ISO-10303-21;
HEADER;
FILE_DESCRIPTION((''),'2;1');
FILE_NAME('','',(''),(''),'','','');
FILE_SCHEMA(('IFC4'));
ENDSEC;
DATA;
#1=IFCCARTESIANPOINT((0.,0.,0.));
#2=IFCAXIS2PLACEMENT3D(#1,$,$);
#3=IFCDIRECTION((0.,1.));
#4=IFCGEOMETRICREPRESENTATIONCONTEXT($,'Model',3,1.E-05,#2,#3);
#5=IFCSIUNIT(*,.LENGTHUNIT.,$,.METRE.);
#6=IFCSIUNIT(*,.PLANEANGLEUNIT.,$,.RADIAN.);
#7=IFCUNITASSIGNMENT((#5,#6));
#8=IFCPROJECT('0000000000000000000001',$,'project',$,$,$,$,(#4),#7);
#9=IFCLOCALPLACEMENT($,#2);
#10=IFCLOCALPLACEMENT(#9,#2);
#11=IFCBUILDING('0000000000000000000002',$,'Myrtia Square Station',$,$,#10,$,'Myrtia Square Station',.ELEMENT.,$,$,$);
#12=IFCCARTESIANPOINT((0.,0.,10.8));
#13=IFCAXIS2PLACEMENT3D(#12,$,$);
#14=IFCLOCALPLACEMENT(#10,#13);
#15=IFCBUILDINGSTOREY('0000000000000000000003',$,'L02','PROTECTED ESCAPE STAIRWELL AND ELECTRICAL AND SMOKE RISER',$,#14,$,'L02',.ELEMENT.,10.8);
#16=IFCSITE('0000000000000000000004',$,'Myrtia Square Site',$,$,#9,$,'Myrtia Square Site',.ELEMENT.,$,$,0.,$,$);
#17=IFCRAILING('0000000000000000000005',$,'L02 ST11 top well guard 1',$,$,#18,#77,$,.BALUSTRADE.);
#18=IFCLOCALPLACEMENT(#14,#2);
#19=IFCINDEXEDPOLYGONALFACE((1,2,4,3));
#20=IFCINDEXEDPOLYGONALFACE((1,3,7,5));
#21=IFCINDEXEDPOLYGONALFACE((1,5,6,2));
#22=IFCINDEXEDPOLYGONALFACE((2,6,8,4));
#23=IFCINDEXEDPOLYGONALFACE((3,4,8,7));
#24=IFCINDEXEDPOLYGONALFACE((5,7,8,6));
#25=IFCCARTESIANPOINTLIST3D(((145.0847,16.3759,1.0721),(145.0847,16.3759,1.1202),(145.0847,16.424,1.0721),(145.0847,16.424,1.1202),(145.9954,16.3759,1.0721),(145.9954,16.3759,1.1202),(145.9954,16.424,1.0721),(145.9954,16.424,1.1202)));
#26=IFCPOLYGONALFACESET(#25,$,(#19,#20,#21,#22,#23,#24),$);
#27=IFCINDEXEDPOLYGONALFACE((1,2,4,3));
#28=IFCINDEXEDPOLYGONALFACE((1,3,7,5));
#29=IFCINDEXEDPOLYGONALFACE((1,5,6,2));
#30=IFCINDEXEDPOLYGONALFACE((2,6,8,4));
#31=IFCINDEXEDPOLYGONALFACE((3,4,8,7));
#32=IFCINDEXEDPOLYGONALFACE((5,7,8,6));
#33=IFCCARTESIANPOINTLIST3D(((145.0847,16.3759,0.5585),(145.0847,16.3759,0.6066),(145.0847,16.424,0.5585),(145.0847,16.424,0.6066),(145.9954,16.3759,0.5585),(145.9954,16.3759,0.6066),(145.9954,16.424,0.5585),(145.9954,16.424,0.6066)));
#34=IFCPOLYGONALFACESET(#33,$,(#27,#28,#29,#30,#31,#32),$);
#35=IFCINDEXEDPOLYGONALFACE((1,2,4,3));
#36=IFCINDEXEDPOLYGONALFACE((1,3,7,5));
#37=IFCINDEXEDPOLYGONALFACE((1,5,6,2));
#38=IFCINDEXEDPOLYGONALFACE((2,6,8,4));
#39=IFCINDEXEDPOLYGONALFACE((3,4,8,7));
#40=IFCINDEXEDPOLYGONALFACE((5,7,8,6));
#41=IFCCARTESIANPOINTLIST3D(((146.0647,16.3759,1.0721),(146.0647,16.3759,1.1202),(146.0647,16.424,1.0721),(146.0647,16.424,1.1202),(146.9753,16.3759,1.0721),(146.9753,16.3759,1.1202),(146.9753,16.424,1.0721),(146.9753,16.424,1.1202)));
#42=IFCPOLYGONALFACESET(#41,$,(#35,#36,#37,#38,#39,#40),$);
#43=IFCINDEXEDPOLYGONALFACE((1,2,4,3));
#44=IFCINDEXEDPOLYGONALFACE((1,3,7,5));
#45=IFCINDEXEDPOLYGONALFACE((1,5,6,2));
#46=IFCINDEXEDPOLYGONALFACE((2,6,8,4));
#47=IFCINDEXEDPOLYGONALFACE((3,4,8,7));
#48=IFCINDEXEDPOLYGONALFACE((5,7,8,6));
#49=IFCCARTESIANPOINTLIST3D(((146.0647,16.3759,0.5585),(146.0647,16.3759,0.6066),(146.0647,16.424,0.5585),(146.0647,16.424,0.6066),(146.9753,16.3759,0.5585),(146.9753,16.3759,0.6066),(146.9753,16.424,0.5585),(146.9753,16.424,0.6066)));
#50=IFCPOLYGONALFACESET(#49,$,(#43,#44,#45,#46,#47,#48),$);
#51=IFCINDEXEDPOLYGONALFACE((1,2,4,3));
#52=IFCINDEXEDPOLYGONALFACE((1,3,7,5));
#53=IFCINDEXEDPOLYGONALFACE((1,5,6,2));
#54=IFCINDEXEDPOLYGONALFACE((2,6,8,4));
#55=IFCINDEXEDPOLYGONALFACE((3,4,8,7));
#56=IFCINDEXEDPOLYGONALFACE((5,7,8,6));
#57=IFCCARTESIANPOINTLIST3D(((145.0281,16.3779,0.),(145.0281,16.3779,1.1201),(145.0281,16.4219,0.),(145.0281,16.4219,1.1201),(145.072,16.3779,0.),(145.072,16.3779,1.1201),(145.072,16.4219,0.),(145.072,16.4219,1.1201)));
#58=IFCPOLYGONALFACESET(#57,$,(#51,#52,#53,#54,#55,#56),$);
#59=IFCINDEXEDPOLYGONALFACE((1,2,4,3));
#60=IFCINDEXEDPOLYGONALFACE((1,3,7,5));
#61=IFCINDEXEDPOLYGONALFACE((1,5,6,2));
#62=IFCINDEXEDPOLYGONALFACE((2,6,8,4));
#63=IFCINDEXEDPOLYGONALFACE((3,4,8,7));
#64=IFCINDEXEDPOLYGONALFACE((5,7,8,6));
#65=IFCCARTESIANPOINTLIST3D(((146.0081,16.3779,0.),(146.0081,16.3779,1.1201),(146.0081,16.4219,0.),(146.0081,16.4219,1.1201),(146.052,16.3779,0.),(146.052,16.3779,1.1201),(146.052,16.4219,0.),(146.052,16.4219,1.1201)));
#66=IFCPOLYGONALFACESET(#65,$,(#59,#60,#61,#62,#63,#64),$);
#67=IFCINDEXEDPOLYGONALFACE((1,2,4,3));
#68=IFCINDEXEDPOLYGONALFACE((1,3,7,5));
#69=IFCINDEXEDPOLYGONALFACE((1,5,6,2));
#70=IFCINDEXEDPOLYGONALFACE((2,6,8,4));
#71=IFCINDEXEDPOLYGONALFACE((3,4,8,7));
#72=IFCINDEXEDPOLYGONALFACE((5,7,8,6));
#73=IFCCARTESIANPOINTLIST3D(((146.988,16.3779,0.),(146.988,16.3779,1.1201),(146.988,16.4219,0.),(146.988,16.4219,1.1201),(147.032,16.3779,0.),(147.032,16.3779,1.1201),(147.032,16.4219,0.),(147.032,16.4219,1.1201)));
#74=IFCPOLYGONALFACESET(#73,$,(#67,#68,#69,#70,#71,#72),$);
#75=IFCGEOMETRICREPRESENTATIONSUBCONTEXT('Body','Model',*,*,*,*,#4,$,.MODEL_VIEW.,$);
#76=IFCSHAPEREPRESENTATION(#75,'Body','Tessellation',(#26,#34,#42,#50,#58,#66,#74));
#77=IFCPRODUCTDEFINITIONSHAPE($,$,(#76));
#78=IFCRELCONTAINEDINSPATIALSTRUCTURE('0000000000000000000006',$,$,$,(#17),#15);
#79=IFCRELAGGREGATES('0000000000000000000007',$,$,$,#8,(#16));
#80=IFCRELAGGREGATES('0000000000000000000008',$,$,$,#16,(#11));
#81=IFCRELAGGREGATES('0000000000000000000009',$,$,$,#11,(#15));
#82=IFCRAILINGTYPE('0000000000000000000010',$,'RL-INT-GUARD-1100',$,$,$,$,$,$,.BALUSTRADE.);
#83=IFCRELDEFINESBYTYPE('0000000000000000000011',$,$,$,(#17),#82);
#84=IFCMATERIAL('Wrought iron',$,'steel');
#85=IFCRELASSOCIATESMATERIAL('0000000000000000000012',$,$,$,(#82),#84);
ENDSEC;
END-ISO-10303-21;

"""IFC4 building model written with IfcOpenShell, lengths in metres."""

from ifc_helpers import new_model, si_unit, direction, frame, origin, origin_2d, place, context, subcontext, project, spatial, rectangle, extrude, material, type_object, element, save


model = new_model("IFC4")

# Units and contexts
model_context = context("Model", 3, precision=1e-05, world=origin(), true_north=direction((0.0, 1.0)))
body_context = subcontext(model_context, "Body", "Model", "MODEL_VIEW")
ifc_project = project(units=[si_unit("LENGTHUNIT", "METRE"), si_unit("PLANEANGLEUNIT", "RADIAN")], contexts=[model_context])

# Site, building, storey
site_placement = place(None, origin())
site = spatial("IfcSite", under=ifc_project, at=site_placement, Name="Myrtia Square Site", LongName="Myrtia Square Site", CompositionType="ELEMENT", RefElevation=0.0)
building_placement = place(site_placement, origin())
building = spatial("IfcBuilding", under=site, at=building_placement, Name="Myrtia Square Station", LongName="Myrtia Square Station", CompositionType="ELEMENT")
storey_placement = place(building_placement, frame((0.0, 0.0, 10.8)))
storey = spatial("IfcBuildingStorey", under=building, at=storey_placement, Name="L02", Description="PROTECTED ESCAPE STAIRWELL AND ELECTRICAL AND SMOKE RISER", LongName="L02", CompositionType="ELEMENT", Elevation=10.8)

# Railing
ifc_material_1 = material(Name="Wrought iron", Category="steel")
railing_type_1 = type_object("IfcRailingType", Name="RL-INT-GUARD-1100", PredefinedType="BALUSTRADE", material=ifc_material_1)
railing_1_placement = place(storey_placement, frame((145.05, 16.3999, 0.0)))
element("IfcRailing", 1, at=railing_1_placement, inside=storey, type_object=railing_type_1, Name="L02 ST11 top well guard 1", PredefinedType="BALUSTRADE", context=body_context, shape_type="SweptSolid", body=[
    extrude(rectangle(XDim=0.0481, YDim=0.0481, at=origin_2d()), frame((0.0347, 0.0, 1.0962), z_axis=(1.0, 0.0, 0.0), x_axis=(0.0, 1.0, 0.0)), (0.0, 0.0, 1.0), 0.9106),
    extrude(rectangle(XDim=0.0481, YDim=0.0481, at=origin_2d()), frame((0.0347, 0.0, 0.5825), z_axis=(1.0, 0.0, 0.0), x_axis=(0.0, 1.0, 0.0)), (0.0, 0.0, 1.0), 0.9106),
    extrude(rectangle(XDim=0.0481, YDim=0.0481, at=origin_2d()), frame((1.0146, 0.0, 1.0962), z_axis=(1.0, 0.0, 0.0), x_axis=(0.0, 1.0, 0.0)), (0.0, 0.0, 1.0), 0.9106),
    extrude(rectangle(XDim=0.0481, YDim=0.0481, at=origin_2d()), frame((1.0146, 0.0, 0.5825), z_axis=(1.0, 0.0, 0.0), x_axis=(0.0, 1.0, 0.0)), (0.0, 0.0, 1.0), 0.9106),
    extrude(rectangle(XDim=0.0439, YDim=0.0439, at=origin_2d()), origin(), (0.0, 0.0, 1.0), 1.1201),
    extrude(rectangle(XDim=0.0439, YDim=0.0439, at=origin_2d()), frame((0.98, 0.0, 0.0)), (0.0, 0.0, 1.0), 1.1201),
    extrude(rectangle(XDim=0.0439, YDim=0.0439, at=origin_2d()), frame((1.96, 0.0, 0.0)), (0.0, 0.0, 1.0), 1.1201),
])

save(model, "model.ifc")
